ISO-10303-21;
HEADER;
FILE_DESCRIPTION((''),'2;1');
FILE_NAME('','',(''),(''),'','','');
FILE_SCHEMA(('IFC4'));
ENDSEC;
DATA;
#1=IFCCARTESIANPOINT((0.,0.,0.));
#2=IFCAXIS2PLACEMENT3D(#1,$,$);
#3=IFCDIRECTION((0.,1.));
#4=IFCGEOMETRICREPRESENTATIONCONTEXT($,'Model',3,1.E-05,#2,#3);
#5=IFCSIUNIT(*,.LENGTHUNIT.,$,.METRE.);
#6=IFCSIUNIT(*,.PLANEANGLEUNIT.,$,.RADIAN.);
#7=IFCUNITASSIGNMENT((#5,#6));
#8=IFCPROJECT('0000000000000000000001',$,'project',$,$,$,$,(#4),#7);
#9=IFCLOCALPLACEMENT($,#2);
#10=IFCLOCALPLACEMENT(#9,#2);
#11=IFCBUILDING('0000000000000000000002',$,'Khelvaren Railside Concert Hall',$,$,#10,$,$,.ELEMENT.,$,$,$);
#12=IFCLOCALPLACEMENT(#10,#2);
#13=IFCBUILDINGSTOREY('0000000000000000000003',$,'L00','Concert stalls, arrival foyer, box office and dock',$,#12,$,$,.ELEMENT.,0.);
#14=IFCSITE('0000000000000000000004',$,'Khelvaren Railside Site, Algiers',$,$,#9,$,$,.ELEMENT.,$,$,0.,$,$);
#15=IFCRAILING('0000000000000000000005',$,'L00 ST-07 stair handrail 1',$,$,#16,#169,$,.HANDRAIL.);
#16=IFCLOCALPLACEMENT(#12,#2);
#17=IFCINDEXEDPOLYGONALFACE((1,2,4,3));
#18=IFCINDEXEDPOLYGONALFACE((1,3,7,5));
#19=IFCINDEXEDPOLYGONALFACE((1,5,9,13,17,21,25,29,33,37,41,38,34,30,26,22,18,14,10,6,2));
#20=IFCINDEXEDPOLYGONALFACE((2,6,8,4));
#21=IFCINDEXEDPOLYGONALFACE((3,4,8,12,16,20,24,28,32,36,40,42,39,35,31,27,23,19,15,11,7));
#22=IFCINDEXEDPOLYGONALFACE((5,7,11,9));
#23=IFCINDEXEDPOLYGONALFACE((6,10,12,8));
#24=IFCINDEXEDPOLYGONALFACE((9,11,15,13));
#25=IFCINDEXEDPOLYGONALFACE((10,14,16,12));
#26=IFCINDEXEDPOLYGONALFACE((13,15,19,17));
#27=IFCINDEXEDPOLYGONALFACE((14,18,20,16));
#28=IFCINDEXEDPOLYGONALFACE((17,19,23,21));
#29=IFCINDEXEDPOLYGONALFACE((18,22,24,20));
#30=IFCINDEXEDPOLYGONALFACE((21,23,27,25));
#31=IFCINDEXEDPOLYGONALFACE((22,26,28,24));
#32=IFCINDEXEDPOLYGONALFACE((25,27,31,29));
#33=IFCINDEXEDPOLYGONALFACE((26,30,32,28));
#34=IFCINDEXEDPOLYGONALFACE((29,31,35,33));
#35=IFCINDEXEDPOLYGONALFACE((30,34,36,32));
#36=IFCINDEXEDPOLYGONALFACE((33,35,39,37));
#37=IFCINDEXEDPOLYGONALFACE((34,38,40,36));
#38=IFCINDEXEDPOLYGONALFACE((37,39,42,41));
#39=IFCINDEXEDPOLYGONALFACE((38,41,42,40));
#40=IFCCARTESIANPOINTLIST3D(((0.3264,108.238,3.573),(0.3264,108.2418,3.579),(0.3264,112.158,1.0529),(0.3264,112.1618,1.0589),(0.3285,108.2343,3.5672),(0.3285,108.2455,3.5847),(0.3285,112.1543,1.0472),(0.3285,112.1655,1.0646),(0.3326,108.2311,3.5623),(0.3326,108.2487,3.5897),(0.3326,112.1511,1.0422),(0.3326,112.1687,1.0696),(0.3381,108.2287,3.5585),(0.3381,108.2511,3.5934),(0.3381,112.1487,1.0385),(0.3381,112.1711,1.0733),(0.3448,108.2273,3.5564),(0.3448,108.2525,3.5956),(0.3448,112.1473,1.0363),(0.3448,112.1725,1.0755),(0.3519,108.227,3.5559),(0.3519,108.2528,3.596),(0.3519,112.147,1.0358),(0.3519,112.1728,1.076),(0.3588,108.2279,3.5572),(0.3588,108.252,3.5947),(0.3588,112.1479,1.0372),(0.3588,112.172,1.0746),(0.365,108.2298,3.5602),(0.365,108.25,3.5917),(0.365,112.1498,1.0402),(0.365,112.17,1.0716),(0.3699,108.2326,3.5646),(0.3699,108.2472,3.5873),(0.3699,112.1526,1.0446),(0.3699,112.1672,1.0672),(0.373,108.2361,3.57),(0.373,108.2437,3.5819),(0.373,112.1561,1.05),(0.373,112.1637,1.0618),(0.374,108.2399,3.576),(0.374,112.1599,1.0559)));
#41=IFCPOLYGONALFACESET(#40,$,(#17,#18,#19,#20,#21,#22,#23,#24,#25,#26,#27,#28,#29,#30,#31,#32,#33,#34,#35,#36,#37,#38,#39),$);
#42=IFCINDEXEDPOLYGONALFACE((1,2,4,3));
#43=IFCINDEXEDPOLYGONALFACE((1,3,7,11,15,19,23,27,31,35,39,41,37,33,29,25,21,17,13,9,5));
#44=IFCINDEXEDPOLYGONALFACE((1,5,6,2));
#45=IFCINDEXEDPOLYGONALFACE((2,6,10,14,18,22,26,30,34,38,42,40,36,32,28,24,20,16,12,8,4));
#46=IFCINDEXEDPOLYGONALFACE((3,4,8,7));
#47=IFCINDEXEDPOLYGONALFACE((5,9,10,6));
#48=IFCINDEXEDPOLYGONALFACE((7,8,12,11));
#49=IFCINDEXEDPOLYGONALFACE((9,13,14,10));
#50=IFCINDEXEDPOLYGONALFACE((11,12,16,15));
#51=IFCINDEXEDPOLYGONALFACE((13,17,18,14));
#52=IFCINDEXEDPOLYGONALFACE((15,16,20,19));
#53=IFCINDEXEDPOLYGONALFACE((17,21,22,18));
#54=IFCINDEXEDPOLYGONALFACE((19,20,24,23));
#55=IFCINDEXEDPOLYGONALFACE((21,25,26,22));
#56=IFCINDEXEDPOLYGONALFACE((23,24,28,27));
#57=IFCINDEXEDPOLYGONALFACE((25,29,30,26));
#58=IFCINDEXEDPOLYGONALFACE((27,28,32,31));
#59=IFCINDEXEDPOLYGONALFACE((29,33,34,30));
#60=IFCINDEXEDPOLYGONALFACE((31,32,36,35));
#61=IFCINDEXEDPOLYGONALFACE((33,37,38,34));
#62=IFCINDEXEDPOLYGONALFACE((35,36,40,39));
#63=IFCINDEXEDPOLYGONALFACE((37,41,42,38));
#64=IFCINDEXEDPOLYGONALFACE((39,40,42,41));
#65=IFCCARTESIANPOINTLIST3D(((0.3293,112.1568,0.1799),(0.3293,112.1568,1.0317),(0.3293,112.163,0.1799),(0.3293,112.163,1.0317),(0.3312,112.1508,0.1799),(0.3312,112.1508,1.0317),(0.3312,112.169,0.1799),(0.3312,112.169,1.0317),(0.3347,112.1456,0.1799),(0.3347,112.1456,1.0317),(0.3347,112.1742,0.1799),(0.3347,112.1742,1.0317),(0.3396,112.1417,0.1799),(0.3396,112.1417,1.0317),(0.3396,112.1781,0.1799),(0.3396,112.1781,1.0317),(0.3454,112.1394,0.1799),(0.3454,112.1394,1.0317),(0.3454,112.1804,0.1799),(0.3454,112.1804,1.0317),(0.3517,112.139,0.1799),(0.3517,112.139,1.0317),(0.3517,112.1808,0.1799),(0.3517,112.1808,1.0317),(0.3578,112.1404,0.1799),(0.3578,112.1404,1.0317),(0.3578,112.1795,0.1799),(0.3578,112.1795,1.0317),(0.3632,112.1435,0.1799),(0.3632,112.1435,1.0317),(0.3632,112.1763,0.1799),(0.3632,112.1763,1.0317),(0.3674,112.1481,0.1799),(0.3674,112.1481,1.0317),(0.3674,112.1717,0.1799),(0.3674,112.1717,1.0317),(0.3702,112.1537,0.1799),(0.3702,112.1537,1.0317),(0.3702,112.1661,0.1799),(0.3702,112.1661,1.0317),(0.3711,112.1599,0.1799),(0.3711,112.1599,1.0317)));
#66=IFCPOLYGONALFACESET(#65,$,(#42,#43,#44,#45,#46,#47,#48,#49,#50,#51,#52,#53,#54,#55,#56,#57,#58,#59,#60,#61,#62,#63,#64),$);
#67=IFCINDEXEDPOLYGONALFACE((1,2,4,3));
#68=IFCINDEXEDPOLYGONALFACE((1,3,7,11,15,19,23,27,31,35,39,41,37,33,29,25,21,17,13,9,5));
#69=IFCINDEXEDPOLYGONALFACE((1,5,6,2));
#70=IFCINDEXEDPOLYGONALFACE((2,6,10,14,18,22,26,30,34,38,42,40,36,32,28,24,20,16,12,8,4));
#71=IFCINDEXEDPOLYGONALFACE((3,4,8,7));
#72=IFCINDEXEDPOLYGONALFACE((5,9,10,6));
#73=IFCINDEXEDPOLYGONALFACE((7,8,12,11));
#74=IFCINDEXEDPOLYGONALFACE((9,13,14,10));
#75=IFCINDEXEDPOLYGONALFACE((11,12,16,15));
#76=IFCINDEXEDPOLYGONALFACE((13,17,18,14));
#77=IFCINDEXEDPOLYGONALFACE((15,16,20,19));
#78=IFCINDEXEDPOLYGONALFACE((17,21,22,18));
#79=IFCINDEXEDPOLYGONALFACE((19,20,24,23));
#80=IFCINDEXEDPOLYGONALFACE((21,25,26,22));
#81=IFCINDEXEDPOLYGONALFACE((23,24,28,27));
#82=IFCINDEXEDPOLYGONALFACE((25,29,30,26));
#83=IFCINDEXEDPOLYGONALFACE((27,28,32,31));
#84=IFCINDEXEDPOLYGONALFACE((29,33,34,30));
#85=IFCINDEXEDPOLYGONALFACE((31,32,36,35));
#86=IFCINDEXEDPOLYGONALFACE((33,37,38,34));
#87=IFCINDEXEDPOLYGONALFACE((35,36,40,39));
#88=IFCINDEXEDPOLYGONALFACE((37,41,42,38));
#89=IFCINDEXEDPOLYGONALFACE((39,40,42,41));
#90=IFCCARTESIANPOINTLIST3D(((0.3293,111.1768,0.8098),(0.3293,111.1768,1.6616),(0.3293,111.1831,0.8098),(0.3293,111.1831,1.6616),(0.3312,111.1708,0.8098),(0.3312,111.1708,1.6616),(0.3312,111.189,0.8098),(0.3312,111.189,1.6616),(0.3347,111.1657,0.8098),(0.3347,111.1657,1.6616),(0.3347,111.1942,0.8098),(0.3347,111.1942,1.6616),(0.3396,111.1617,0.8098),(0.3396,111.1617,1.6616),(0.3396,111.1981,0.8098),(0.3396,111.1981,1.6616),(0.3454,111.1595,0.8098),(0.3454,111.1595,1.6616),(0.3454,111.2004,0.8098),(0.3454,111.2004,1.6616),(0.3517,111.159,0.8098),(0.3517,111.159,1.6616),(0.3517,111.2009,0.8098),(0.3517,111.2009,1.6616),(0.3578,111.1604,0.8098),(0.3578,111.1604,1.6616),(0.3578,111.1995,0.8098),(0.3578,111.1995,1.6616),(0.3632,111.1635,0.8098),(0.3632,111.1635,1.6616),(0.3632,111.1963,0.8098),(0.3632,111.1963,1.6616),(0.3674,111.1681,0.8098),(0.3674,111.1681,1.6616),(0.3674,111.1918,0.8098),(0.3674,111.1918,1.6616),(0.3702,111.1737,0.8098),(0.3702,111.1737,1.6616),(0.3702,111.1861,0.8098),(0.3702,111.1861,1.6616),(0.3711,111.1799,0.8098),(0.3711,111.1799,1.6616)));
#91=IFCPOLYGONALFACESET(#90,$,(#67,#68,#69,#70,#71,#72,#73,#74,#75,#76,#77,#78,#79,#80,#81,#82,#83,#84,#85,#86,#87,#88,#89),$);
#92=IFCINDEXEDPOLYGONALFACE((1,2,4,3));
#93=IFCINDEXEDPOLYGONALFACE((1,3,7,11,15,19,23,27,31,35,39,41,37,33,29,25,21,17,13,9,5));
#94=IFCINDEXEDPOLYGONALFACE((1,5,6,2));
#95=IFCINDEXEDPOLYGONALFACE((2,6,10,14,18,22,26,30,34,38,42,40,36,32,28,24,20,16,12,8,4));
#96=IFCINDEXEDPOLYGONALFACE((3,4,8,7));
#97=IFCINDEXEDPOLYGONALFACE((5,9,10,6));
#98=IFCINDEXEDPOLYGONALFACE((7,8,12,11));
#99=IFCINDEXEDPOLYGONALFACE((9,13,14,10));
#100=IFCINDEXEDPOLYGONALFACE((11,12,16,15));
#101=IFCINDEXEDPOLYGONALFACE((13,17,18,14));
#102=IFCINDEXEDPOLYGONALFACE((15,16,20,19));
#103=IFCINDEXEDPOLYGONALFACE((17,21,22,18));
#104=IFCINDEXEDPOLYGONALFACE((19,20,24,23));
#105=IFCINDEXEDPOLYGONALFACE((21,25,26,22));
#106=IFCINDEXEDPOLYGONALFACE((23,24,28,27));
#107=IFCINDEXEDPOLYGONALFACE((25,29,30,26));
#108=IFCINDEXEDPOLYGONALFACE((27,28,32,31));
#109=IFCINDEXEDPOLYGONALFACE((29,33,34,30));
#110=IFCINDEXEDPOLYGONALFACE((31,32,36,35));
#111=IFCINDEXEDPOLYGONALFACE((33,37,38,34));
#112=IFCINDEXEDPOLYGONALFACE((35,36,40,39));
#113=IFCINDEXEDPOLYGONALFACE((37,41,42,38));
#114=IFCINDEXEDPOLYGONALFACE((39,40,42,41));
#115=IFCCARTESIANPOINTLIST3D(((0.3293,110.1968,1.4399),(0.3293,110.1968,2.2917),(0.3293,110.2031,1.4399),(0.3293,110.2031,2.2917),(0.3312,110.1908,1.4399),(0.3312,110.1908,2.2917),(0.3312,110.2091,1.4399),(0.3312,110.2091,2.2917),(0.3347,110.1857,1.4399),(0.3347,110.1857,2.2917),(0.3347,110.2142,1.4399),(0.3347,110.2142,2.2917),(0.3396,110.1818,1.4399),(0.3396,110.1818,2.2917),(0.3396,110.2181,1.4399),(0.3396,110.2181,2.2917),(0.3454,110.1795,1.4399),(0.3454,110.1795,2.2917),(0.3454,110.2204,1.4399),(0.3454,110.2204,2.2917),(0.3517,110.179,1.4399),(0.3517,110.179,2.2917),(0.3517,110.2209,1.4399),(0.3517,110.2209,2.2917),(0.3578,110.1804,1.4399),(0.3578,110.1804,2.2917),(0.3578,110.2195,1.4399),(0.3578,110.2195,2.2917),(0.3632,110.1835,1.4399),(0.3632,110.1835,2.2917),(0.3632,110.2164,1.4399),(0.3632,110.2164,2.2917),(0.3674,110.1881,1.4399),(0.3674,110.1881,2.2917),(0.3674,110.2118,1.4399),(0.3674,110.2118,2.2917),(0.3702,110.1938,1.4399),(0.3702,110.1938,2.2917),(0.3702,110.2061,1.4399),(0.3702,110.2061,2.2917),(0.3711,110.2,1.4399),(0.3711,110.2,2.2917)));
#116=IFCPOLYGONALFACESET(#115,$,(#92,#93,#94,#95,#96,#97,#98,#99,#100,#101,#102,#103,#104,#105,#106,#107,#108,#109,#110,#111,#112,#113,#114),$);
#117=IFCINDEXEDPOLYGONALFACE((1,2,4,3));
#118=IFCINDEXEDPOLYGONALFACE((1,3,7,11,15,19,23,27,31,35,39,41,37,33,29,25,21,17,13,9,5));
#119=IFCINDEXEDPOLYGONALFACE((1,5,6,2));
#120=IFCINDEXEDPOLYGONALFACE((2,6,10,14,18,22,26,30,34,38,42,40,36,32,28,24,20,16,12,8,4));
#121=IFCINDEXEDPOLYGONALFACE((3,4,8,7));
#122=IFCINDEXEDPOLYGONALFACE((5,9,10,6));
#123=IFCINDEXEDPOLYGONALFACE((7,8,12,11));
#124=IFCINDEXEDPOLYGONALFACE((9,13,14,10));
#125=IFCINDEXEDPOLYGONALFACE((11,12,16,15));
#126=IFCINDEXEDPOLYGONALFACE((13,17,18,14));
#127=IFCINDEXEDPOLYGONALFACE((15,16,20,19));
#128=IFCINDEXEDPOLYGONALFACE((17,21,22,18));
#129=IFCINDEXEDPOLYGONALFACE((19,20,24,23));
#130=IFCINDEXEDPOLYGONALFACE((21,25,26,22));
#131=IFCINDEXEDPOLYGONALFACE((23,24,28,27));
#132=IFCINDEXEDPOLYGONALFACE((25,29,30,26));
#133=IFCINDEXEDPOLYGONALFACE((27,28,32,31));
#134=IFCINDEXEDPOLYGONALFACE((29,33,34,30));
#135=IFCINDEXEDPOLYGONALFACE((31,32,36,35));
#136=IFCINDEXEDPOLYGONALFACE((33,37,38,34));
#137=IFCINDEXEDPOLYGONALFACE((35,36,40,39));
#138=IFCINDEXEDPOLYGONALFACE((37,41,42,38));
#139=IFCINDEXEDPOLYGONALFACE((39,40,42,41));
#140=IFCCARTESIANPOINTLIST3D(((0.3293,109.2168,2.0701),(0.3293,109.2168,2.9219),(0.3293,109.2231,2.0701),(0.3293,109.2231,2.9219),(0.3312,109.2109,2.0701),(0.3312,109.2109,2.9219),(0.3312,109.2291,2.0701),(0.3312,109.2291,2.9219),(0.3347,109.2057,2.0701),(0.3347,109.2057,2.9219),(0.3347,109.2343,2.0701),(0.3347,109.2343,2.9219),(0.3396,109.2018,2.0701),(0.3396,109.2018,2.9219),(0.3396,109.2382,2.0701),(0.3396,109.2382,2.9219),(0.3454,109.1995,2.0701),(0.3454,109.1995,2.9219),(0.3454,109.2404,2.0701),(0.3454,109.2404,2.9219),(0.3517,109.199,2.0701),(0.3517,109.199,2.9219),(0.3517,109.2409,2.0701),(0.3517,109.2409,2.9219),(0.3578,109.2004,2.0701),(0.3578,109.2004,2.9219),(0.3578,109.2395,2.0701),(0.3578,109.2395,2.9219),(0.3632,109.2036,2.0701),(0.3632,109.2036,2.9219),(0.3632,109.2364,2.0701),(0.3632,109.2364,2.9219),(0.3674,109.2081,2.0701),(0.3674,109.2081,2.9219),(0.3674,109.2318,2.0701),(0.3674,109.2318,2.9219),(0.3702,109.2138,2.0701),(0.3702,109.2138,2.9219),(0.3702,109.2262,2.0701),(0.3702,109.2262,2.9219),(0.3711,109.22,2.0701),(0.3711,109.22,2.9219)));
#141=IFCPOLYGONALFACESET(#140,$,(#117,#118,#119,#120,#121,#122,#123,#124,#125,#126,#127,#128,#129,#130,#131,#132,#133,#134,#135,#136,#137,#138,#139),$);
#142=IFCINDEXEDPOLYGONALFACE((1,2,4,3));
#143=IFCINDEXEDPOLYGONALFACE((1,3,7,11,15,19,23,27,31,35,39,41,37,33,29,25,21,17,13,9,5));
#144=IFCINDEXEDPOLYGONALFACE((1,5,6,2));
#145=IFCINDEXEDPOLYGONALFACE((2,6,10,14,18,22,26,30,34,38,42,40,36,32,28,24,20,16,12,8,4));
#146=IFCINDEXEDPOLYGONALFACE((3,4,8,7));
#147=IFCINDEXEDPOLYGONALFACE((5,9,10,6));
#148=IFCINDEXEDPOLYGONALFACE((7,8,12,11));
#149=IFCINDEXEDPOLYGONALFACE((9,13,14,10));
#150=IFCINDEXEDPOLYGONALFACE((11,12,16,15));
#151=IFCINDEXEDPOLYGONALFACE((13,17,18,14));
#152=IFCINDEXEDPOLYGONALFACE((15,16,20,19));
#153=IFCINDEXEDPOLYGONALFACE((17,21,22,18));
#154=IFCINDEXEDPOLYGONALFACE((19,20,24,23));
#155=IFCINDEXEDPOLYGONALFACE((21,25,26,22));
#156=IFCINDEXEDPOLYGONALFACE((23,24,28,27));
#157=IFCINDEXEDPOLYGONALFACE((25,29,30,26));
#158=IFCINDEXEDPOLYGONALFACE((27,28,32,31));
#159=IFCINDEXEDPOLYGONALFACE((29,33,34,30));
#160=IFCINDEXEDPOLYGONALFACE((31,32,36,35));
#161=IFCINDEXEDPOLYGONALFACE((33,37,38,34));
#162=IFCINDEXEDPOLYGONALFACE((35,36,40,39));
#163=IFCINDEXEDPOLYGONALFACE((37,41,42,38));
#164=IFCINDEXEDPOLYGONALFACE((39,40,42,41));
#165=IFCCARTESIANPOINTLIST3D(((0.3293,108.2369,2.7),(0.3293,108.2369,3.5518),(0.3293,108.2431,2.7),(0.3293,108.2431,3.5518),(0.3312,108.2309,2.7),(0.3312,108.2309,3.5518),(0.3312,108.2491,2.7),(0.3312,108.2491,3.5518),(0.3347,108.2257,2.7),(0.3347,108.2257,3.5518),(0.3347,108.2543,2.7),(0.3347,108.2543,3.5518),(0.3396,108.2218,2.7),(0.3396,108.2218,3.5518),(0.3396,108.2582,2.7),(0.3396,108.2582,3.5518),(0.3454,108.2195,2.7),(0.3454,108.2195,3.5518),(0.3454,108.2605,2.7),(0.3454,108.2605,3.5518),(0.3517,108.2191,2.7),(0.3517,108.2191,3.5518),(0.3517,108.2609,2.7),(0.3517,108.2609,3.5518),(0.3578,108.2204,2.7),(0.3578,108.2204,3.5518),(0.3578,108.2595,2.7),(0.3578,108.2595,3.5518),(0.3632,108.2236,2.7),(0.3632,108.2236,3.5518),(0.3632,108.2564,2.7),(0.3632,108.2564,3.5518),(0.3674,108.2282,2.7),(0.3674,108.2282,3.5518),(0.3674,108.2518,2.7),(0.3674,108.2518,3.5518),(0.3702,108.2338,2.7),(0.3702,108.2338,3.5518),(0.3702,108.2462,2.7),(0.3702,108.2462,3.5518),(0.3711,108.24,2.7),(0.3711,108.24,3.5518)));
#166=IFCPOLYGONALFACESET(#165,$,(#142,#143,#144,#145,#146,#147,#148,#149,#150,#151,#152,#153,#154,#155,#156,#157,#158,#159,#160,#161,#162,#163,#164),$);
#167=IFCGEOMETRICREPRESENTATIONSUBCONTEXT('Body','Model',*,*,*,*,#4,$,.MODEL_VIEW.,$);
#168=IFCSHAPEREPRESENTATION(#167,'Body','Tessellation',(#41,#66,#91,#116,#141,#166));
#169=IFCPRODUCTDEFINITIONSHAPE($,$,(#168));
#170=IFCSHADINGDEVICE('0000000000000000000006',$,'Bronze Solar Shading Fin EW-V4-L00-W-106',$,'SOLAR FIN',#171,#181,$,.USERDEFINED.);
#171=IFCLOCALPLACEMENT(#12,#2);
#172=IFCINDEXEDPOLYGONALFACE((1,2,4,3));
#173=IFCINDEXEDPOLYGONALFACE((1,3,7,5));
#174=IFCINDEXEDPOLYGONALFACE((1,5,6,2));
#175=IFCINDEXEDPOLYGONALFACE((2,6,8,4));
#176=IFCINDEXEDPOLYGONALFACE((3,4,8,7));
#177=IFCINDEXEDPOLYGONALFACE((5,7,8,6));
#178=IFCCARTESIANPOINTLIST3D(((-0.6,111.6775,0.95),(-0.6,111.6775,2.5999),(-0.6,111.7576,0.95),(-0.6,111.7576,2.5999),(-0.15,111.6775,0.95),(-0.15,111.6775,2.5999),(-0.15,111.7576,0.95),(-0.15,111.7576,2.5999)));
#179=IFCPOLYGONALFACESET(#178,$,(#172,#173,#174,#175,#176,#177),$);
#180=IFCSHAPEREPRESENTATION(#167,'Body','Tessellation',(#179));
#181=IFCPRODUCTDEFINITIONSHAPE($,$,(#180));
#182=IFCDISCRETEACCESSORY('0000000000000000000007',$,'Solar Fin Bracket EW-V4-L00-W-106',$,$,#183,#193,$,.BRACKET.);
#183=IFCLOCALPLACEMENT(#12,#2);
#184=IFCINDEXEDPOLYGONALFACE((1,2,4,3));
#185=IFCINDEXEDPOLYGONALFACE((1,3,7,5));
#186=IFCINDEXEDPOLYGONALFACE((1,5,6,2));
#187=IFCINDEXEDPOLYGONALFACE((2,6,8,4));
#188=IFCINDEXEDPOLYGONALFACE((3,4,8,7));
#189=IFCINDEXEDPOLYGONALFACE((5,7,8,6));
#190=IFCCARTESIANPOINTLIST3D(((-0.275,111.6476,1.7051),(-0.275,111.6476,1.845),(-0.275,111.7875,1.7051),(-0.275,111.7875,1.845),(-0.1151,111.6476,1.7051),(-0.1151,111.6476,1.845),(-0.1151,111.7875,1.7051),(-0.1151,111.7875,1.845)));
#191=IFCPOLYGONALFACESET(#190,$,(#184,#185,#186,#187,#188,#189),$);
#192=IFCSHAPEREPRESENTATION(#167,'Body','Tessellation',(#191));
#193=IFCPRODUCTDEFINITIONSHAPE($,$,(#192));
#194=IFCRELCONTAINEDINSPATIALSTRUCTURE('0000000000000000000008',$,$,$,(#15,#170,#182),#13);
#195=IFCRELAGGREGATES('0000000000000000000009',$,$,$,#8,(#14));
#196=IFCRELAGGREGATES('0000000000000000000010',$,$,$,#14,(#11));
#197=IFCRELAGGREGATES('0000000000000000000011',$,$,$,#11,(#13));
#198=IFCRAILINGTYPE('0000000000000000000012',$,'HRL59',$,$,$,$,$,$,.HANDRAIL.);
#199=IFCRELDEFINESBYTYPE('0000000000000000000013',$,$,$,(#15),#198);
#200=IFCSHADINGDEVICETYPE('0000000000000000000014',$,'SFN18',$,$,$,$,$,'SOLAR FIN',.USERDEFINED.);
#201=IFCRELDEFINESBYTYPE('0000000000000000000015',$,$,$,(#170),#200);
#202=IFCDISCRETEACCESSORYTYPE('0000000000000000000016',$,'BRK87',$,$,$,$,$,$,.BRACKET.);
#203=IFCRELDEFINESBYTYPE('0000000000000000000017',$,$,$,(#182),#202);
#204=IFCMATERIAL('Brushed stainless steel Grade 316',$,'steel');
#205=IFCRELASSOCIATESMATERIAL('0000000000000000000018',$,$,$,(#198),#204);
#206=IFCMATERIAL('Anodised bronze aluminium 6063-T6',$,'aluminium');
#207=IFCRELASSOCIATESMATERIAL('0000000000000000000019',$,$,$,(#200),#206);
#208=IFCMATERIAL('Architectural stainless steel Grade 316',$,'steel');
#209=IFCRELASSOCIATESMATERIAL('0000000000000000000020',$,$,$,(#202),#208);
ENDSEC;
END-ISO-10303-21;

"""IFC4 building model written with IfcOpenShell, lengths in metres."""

from ifc_helpers import new_model, si_unit, direction, frame, origin, origin_2d, place, context, subcontext, project, spatial, rectangle, circle, extrude, material, type_object, element, save


model = new_model("IFC4")

# Units and contexts
model_context = context("Model", 3, precision=1e-05, world=origin(), true_north=direction((0.0, 1.0)))
body_context = subcontext(model_context, "Body", "Model", "MODEL_VIEW")
ifc_project = project(units=[si_unit("LENGTHUNIT", "METRE"), si_unit("PLANEANGLEUNIT", "RADIAN")], contexts=[model_context])

# Site, building, storey
site_placement = place(None, origin())
site = spatial("IfcSite", under=ifc_project, at=site_placement, Name="Khelvaren Railside Site, Algiers", CompositionType="ELEMENT", RefElevation=0.0)
building_placement = place(site_placement, origin())
building = spatial("IfcBuilding", under=site, at=building_placement, Name="Khelvaren Railside Concert Hall", CompositionType="ELEMENT")
storey_placement = place(building_placement, origin())
storey = spatial("IfcBuildingStorey", under=building, at=storey_placement, Name="L00", Description="Concert stalls, arrival foyer, box office and dock", CompositionType="ELEMENT", Elevation=0.0)

# Railing
ifc_material_1 = material(Name="Brushed stainless steel Grade 316", Category="steel")
railing_type_1 = type_object("IfcRailingType", Name="HRL59", PredefinedType="HANDRAIL", material=ifc_material_1)
railing_1_placement = place(storey_placement, frame((0.3501, 112.1599, 0.1799)))
element("IfcRailing", 1, at=railing_1_placement, inside=storey, type_object=railing_type_1, Name="L00 ST-07 stair handrail 1", PredefinedType="HANDRAIL", context=body_context, shape_type="SweptSolid", body=[
    extrude(circle(Radius=0.0239, at=origin_2d()), frame((0.0, 0.0, 0.876), z_axis=(0.0, -0.841172, 0.540768), x_axis=(1.0, 0.0, 0.0)), (0.0, 0.0, 1.0), 4.6602),
    extrude(circle(Radius=0.021, at=origin_2d()), origin(), (0.0, 0.0, 1.0), 0.8518),
    extrude(circle(Radius=0.021, at=origin_2d()), frame((0.0, -0.98, 0.6299)), (0.0, 0.0, 1.0), 0.8518),
    extrude(circle(Radius=0.021, at=origin_2d()), frame((0.0, -1.96, 1.26)), (0.0, 0.0, 1.0), 0.8518),
    extrude(circle(Radius=0.021, at=origin_2d()), frame((0.0, -2.9399, 1.8901)), (0.0, 0.0, 1.0), 0.8518),
    extrude(circle(Radius=0.021, at=origin_2d()), frame((0.0, -3.9199, 2.52)), (0.0, 0.0, 1.0), 0.8518),
])

# Shading device
ifc_material_2 = material(Name="Anodised bronze aluminium 6063-T6", Category="aluminium")
shading_device_type = type_object("IfcShadingDeviceType", Name="SFN18", ElementType="SOLAR FIN", PredefinedType="USERDEFINED", material=ifc_material_2)
shading_device_placement = place(storey_placement, frame((-0.375, 111.7175, 0.95), z_axis=(0.0, 0.0, 1.0), x_axis=(0.0, 1.0, 0.0)))
element("IfcShadingDevice", 2, at=shading_device_placement, inside=storey, type_object=shading_device_type, Name="Bronze Solar Shading Fin EW-V4-L00-W-106", ObjectType="SOLAR FIN", PredefinedType="USERDEFINED", context=body_context, shape_type="SweptSolid", body=[
    extrude(rectangle(XDim=0.0801, YDim=0.45, at=origin_2d()), origin(), (0.0, 0.0, 1.0), 1.6499),
])

# Discrete accessory
ifc_material_3 = material(Name="Architectural stainless steel Grade 316", Category="steel")
discrete_accessory_type = type_object("IfcDiscreteAccessoryType", Name="BRK87", PredefinedType="BRACKET", material=ifc_material_3)
discrete_accessory_placement = place(storey_placement, frame((-0.1951, 111.7175, 1.7051), z_axis=(0.0, 0.0, 1.0), x_axis=(0.0, 1.0, 0.0)))
element("IfcDiscreteAccessory", 3, at=discrete_accessory_placement, inside=storey, type_object=discrete_accessory_type, Name="Solar Fin Bracket EW-V4-L00-W-106", PredefinedType="BRACKET", context=body_context, shape_type="SweptSolid", body=[
    extrude(rectangle(XDim=0.1399, YDim=0.1599, at=origin_2d()), origin(), (0.0, 0.0, 1.0), 0.1399),
])

save(model, "model.ifc")
